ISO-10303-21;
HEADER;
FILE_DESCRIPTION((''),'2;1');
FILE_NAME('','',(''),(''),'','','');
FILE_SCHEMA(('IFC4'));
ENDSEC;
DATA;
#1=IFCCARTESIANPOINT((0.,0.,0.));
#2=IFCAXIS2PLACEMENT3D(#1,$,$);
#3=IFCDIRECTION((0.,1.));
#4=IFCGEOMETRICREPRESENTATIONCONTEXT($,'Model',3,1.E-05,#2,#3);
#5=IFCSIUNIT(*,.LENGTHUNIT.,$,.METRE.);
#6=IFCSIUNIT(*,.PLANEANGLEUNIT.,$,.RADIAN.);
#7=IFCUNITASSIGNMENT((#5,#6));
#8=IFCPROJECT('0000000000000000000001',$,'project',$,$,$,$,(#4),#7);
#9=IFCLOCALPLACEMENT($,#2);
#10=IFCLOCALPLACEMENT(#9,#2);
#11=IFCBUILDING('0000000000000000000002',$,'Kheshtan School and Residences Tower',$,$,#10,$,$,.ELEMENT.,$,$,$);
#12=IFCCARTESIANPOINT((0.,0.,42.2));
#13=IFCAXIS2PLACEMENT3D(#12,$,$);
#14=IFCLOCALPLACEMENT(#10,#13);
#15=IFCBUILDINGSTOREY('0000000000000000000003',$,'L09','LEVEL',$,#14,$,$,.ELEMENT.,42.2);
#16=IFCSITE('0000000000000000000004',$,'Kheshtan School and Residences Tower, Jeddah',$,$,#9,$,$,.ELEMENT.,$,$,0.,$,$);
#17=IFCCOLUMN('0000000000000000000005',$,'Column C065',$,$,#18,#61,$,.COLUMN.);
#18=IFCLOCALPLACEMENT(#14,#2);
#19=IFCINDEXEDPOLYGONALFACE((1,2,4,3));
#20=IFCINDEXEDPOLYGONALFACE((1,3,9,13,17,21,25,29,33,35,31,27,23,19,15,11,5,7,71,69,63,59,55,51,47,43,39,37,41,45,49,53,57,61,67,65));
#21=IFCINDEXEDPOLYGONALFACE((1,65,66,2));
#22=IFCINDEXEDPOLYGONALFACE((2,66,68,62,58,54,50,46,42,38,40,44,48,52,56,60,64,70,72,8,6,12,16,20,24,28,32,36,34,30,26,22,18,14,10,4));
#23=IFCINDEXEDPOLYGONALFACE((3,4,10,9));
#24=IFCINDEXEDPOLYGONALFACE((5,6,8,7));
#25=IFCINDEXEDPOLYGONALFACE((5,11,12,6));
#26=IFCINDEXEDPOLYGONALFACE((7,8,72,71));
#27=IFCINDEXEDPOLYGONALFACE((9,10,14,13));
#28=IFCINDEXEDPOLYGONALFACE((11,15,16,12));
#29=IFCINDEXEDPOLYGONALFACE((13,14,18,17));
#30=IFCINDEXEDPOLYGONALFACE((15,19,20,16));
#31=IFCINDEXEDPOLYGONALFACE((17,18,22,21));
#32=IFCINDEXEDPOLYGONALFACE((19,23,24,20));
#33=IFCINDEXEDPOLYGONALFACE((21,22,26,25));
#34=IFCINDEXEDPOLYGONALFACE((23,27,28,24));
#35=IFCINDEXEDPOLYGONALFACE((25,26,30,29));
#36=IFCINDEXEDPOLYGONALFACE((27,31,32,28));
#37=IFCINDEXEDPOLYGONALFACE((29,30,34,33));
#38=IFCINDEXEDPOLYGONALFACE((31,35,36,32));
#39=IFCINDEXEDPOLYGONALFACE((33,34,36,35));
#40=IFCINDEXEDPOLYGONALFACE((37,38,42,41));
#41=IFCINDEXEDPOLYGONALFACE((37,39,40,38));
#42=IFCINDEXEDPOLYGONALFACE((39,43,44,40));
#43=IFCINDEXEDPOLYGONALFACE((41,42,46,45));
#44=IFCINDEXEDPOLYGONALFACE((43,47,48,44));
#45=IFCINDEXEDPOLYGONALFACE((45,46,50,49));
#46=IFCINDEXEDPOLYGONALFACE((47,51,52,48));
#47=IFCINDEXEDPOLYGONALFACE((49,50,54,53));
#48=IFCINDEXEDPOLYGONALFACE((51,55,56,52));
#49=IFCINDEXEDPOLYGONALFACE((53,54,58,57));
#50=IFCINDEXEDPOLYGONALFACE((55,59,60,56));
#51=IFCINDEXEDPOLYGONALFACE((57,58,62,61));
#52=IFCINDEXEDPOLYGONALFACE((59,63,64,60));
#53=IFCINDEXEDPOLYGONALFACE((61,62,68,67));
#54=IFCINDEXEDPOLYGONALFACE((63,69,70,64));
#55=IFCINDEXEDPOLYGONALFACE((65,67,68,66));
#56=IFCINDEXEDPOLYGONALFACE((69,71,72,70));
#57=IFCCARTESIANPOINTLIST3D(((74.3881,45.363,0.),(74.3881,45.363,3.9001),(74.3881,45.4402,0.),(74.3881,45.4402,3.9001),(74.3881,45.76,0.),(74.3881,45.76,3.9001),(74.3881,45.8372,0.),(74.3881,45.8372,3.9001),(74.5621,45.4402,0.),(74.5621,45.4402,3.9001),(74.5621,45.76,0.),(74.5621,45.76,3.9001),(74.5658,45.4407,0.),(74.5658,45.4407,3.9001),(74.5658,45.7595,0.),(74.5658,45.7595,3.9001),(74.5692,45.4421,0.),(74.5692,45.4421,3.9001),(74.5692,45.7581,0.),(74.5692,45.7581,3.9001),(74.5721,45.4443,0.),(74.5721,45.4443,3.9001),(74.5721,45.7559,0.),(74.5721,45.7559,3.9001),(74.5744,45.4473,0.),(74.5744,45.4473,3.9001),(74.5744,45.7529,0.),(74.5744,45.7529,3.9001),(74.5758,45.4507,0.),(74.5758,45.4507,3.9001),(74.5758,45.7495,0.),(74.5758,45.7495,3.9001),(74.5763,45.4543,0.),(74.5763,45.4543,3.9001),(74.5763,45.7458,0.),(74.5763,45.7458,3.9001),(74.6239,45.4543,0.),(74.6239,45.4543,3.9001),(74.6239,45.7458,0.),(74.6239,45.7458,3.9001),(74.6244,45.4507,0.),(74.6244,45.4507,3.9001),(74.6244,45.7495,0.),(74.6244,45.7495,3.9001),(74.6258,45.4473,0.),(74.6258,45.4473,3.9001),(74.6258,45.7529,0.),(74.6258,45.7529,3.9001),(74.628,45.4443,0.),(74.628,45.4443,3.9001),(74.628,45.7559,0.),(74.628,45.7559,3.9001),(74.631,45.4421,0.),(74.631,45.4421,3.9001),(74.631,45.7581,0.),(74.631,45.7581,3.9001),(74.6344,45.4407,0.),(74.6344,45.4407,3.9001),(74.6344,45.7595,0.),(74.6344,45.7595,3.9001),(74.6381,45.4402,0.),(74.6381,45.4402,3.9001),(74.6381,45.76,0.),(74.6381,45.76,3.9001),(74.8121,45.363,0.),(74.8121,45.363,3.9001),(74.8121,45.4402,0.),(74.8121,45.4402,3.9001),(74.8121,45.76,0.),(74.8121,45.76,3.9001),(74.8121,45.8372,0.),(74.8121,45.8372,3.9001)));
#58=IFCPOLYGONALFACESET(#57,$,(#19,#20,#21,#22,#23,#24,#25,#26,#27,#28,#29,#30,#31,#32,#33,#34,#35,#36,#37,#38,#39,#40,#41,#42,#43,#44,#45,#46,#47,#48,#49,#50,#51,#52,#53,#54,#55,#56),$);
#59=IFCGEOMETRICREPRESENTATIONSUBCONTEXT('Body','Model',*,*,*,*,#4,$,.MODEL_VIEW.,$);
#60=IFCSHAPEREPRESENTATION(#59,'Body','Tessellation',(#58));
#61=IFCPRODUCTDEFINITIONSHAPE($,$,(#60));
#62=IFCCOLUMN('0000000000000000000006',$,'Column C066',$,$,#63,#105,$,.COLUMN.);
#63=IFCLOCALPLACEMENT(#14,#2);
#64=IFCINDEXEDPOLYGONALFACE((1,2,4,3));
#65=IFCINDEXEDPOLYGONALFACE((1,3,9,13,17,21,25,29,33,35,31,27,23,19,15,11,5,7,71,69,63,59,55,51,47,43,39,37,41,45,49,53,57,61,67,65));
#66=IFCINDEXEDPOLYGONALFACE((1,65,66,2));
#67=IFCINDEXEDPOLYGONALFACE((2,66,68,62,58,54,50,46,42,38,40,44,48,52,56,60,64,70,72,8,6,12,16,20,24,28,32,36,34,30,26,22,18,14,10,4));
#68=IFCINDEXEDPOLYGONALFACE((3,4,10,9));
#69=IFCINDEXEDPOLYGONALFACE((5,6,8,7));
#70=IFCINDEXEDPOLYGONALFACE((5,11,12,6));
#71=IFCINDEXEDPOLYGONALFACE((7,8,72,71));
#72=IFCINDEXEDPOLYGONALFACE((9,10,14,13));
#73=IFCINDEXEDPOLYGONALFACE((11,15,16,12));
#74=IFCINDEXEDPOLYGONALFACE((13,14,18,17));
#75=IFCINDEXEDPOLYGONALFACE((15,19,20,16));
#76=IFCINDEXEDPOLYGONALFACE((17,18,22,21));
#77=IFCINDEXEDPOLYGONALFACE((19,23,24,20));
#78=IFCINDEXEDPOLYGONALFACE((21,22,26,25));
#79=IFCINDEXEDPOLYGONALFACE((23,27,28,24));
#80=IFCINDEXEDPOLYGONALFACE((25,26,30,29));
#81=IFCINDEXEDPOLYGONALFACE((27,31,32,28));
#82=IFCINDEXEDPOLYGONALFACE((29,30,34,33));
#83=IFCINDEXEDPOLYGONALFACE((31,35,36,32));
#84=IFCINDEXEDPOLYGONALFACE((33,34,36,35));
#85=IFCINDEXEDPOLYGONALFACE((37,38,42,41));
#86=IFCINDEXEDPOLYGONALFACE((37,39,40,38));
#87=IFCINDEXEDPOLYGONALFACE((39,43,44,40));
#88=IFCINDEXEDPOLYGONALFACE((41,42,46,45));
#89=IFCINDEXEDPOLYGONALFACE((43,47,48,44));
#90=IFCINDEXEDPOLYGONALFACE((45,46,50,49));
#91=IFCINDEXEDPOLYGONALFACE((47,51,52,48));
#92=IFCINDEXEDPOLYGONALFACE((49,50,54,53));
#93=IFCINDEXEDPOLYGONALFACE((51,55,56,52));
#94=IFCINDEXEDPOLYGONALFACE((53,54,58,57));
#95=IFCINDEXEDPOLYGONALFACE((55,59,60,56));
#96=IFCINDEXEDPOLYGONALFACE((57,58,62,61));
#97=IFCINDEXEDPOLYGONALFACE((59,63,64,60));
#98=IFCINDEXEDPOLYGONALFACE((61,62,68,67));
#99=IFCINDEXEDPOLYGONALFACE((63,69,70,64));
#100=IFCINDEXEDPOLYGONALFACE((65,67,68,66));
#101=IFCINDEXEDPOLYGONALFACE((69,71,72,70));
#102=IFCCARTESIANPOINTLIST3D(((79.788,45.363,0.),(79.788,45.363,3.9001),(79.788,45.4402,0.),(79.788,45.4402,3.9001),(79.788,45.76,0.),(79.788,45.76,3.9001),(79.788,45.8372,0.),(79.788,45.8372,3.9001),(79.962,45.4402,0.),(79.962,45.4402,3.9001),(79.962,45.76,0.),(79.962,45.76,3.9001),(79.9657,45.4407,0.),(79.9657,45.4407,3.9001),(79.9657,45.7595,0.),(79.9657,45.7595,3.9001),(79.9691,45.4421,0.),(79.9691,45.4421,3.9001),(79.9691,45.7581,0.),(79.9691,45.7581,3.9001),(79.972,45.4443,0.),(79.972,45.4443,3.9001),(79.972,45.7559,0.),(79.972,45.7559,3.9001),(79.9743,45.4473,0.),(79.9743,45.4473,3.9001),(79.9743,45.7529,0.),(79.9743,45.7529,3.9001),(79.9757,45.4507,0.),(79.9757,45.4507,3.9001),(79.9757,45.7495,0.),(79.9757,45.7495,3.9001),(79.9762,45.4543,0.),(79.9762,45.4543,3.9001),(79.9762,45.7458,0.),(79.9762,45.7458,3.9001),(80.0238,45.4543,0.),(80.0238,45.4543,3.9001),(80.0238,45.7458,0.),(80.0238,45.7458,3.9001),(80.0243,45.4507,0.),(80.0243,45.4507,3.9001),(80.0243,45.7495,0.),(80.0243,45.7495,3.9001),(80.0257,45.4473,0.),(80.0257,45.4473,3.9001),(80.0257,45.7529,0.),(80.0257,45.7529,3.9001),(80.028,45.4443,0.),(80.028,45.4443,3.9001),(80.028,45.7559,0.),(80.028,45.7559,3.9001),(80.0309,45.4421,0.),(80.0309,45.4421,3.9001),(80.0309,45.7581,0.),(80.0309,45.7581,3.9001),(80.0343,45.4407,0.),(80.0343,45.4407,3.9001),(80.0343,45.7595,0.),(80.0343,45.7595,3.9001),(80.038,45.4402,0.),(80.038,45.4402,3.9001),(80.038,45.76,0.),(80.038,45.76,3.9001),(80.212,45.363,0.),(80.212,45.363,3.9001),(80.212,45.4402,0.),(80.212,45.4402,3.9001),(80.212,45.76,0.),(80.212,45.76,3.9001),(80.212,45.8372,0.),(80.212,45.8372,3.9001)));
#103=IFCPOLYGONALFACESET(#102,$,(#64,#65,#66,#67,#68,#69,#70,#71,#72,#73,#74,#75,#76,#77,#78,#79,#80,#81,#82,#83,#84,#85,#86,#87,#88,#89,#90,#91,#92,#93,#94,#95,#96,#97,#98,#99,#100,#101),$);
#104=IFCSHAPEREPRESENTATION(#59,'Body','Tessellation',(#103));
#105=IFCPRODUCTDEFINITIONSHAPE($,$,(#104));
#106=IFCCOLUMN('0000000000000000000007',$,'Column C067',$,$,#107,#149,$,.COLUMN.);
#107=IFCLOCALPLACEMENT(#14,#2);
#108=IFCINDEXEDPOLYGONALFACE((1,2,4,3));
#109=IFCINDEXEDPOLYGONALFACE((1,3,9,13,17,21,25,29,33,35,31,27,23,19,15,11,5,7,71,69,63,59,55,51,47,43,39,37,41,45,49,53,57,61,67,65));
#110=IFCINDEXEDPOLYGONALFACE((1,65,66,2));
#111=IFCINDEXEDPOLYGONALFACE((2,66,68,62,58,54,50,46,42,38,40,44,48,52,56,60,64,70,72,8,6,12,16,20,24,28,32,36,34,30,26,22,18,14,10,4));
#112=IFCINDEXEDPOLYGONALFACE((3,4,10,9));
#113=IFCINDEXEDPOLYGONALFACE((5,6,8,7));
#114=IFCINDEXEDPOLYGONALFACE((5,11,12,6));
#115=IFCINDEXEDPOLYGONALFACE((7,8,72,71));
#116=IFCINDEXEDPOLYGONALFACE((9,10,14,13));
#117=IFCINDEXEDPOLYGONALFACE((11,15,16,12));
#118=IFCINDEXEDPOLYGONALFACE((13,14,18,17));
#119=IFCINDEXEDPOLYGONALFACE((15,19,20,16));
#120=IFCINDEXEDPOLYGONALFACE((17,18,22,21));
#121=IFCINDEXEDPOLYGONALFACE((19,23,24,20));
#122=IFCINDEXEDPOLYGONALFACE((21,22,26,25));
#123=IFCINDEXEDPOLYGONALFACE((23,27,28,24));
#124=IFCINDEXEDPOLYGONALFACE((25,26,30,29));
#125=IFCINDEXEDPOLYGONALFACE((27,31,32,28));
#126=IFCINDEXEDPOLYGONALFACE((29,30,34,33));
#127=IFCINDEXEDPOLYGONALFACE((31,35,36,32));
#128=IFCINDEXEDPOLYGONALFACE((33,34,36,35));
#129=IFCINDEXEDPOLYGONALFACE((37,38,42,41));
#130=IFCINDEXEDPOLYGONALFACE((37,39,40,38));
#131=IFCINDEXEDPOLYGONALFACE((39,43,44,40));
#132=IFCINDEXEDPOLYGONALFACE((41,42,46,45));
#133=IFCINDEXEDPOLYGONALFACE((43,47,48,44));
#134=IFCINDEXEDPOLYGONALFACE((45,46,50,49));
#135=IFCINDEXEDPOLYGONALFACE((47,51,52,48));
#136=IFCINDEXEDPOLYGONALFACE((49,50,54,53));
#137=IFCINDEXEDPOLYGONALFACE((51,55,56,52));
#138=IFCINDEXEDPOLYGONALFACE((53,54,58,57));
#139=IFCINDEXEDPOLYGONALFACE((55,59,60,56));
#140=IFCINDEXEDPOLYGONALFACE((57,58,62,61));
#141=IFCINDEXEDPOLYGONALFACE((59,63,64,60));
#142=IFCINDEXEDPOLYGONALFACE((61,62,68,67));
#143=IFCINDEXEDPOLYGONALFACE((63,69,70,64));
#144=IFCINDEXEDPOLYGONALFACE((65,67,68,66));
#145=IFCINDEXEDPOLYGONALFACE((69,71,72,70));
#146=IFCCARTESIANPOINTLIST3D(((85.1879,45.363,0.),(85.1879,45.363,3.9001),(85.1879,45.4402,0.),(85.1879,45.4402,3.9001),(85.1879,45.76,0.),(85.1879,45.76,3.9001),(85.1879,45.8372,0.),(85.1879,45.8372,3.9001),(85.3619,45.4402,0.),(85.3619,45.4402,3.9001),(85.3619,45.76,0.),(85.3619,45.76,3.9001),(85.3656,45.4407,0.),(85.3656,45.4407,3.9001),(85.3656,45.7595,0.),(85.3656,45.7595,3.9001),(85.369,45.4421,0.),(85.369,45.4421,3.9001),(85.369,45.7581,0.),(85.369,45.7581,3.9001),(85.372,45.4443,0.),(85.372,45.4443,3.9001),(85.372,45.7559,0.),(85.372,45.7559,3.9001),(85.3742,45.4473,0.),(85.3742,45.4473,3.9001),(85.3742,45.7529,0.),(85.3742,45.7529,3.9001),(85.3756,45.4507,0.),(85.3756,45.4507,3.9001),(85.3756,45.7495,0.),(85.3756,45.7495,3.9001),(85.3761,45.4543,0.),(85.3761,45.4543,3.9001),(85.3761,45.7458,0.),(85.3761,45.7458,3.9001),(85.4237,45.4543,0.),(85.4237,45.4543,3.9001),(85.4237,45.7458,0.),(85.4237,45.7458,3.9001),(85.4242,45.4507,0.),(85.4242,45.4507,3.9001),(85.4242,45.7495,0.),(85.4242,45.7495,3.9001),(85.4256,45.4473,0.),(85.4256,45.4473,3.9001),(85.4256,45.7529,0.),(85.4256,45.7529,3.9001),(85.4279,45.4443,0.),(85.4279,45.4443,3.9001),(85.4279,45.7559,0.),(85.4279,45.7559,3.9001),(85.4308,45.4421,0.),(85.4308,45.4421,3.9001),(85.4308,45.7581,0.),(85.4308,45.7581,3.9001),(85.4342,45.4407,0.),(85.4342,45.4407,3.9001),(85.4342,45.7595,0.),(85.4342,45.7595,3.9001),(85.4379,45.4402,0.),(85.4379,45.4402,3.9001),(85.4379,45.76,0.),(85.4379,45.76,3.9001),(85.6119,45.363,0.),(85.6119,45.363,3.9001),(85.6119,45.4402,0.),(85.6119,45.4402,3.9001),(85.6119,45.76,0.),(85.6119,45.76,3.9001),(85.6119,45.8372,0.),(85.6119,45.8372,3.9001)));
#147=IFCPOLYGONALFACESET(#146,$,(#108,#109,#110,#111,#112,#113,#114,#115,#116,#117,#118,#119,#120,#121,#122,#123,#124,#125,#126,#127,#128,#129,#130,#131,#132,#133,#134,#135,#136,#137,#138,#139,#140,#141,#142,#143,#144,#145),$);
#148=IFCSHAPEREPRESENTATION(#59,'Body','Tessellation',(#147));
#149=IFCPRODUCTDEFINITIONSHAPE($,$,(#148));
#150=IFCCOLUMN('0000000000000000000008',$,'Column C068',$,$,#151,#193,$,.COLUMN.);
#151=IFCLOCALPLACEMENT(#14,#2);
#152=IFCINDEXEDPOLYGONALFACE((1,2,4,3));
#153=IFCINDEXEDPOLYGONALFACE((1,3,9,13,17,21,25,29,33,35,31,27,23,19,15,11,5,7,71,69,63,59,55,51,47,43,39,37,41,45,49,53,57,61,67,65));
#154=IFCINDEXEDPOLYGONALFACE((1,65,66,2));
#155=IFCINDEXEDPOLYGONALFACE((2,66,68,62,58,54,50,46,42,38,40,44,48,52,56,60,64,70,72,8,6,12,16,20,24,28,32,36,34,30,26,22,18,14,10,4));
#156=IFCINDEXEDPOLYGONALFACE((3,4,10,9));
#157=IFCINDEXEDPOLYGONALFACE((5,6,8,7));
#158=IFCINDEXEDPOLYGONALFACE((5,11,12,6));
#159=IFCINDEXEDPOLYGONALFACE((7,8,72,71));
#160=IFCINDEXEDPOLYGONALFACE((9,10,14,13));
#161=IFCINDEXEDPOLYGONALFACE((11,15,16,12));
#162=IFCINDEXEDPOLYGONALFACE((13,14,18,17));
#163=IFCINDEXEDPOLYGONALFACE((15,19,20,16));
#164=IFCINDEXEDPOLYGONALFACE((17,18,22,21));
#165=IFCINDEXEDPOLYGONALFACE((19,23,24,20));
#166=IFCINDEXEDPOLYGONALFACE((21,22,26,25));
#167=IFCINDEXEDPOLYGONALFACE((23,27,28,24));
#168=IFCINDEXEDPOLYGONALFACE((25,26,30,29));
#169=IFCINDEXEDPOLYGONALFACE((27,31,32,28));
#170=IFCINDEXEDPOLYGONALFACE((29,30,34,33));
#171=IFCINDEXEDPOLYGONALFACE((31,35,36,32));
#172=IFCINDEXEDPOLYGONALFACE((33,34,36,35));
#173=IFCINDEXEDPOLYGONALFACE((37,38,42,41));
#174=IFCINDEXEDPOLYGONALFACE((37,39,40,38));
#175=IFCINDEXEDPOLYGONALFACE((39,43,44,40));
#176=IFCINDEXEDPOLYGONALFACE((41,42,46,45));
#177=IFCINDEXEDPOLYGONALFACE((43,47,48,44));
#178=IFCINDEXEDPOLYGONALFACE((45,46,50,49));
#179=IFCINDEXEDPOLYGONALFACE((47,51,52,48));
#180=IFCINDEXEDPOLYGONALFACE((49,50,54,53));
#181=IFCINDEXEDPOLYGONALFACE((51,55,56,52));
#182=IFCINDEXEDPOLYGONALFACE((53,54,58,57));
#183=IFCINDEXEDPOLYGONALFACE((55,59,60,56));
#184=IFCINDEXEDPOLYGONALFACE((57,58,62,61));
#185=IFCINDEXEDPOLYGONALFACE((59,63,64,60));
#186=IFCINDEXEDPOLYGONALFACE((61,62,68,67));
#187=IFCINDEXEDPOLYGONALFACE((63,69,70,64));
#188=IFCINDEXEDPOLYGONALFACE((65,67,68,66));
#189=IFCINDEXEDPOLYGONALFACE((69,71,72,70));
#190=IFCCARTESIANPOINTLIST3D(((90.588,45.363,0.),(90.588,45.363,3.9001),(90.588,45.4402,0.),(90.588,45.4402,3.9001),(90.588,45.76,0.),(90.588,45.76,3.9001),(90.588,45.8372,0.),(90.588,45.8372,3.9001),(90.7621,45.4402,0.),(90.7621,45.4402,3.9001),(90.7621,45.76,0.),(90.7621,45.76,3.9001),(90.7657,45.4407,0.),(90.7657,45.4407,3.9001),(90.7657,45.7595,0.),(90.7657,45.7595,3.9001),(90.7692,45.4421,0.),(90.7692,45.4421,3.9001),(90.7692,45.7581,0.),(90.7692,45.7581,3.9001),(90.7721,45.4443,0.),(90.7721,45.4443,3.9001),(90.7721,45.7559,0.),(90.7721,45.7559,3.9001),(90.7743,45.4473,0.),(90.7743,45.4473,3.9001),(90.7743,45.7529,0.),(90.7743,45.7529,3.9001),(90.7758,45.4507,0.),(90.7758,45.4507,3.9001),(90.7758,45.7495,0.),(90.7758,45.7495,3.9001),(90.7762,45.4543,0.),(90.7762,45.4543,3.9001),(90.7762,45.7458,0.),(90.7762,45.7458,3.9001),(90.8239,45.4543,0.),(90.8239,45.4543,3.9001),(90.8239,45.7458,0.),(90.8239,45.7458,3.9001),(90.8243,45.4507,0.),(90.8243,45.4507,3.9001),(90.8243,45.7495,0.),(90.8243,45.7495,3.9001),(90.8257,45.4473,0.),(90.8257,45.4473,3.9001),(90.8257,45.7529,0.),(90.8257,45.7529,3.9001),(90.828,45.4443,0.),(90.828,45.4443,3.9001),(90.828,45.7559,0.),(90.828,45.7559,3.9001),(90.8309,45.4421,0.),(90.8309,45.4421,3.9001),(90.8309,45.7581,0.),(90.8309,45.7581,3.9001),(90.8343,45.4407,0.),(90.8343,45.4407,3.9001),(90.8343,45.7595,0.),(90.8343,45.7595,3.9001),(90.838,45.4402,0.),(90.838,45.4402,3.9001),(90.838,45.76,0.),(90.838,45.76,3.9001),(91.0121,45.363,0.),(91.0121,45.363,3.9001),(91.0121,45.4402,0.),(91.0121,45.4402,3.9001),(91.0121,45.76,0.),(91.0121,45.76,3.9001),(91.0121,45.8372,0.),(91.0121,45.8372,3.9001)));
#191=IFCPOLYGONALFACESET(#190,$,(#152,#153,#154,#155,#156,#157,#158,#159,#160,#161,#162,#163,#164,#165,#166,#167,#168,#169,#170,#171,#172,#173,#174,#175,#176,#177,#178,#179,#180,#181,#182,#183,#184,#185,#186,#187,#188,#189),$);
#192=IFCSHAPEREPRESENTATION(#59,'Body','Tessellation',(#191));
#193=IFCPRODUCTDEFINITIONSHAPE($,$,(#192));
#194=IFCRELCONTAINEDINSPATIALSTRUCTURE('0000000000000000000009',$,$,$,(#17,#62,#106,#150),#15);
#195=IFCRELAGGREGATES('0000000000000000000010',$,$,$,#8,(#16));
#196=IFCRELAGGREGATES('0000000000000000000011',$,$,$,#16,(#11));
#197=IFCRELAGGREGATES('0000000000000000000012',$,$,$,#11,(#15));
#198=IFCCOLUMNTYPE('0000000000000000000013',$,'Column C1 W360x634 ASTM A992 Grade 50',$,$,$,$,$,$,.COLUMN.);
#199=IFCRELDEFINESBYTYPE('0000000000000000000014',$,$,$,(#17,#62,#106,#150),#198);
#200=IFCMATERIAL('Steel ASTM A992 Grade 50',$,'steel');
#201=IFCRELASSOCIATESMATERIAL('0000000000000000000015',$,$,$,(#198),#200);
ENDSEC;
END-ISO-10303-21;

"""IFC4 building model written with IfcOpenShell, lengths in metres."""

from ifc_helpers import new_model, si_unit, direction, frame, origin, origin_2d, place, context, subcontext, project, spatial, i_section, extrude, material, material_profile, profile_set, type_object, element, save


model = new_model("IFC4")

# Units and contexts
model_context = context("Model", 3, precision=1e-05, world=origin(), true_north=direction((0.0, 1.0)))
body_context = subcontext(model_context, "Body", "Model", "MODEL_VIEW")
ifc_project = project(units=[si_unit("LENGTHUNIT", "METRE"), si_unit("PLANEANGLEUNIT", "RADIAN")], contexts=[model_context])

# Site, building, storey
site_placement = place(None, origin())
site = spatial("IfcSite", under=ifc_project, at=site_placement, Name="Kheshtan School and Residences Tower, Jeddah", CompositionType="ELEMENT", RefElevation=0.0)
building_placement = place(site_placement, origin())
building = spatial("IfcBuilding", under=site, at=building_placement, Name="Kheshtan School and Residences Tower", CompositionType="ELEMENT")
storey_placement = place(building_placement, frame((0.0, 0.0, 42.2)))
storey = spatial("IfcBuildingStorey", under=building, at=storey_placement, Name="L09", Description="LEVEL", CompositionType="ELEMENT", Elevation=42.2)

# Columns
ifc_material_1 = material(Name="Steel ASTM A992 Grade 50", Category="steel")
ifc_material_profile_1 = material_profile(ifc_material_1, i_section(OverallWidth=0.4241, OverallDepth=0.4741, WebThickness=0.0476, FlangeThickness=0.0771, FilletRadius=0.0142, at=origin_2d()), Name="W360x634")
ifc_profile_set_1 = profile_set([ifc_material_profile_1], Name="Steel ASTM A992 Grade 50")
column_type = type_object("IfcColumnType", Name="Column C1 W360x634 ASTM A992 Grade 50", PredefinedType="COLUMN", material=ifc_profile_set_1)
for number, where, z_axis, x_axis, name in (
    (1, (74.6001, 45.6001, 0.0), (0.0, 0.0, 1.0), (1.0, 0.0, 0.0), "Column C065"),
    (2, (80.0, 45.6001, 0.0), (0.0, 0.0, 1.0), (1.0, 0.0, 0.0), "Column C066"),
    (3, (85.3999, 45.6001, 0.0), (0.0, 0.0, 1.0), (1.0, 0.0, 0.0), "Column C067"),
    (4, (90.8, 45.6001, 0.0), (0.0, 0.0, 1.0), (1.0, 0.0, 0.0), "Column C068"),
):
    element("IfcColumn", number, at=place(storey_placement, frame(where, z_axis=z_axis, x_axis=x_axis)), inside=storey, type_object=column_type, Name=name, PredefinedType="COLUMN", context=body_context, shape_type="SweptSolid", body=[
        extrude(i_section(OverallWidth=0.4241, OverallDepth=0.4741, WebThickness=0.0476, FlangeThickness=0.0771, FilletRadius=0.0142, at=origin_2d()), origin(), (0.0, 0.0, 1.0), 3.9001),
    ])

save(model, "model.ifc")
